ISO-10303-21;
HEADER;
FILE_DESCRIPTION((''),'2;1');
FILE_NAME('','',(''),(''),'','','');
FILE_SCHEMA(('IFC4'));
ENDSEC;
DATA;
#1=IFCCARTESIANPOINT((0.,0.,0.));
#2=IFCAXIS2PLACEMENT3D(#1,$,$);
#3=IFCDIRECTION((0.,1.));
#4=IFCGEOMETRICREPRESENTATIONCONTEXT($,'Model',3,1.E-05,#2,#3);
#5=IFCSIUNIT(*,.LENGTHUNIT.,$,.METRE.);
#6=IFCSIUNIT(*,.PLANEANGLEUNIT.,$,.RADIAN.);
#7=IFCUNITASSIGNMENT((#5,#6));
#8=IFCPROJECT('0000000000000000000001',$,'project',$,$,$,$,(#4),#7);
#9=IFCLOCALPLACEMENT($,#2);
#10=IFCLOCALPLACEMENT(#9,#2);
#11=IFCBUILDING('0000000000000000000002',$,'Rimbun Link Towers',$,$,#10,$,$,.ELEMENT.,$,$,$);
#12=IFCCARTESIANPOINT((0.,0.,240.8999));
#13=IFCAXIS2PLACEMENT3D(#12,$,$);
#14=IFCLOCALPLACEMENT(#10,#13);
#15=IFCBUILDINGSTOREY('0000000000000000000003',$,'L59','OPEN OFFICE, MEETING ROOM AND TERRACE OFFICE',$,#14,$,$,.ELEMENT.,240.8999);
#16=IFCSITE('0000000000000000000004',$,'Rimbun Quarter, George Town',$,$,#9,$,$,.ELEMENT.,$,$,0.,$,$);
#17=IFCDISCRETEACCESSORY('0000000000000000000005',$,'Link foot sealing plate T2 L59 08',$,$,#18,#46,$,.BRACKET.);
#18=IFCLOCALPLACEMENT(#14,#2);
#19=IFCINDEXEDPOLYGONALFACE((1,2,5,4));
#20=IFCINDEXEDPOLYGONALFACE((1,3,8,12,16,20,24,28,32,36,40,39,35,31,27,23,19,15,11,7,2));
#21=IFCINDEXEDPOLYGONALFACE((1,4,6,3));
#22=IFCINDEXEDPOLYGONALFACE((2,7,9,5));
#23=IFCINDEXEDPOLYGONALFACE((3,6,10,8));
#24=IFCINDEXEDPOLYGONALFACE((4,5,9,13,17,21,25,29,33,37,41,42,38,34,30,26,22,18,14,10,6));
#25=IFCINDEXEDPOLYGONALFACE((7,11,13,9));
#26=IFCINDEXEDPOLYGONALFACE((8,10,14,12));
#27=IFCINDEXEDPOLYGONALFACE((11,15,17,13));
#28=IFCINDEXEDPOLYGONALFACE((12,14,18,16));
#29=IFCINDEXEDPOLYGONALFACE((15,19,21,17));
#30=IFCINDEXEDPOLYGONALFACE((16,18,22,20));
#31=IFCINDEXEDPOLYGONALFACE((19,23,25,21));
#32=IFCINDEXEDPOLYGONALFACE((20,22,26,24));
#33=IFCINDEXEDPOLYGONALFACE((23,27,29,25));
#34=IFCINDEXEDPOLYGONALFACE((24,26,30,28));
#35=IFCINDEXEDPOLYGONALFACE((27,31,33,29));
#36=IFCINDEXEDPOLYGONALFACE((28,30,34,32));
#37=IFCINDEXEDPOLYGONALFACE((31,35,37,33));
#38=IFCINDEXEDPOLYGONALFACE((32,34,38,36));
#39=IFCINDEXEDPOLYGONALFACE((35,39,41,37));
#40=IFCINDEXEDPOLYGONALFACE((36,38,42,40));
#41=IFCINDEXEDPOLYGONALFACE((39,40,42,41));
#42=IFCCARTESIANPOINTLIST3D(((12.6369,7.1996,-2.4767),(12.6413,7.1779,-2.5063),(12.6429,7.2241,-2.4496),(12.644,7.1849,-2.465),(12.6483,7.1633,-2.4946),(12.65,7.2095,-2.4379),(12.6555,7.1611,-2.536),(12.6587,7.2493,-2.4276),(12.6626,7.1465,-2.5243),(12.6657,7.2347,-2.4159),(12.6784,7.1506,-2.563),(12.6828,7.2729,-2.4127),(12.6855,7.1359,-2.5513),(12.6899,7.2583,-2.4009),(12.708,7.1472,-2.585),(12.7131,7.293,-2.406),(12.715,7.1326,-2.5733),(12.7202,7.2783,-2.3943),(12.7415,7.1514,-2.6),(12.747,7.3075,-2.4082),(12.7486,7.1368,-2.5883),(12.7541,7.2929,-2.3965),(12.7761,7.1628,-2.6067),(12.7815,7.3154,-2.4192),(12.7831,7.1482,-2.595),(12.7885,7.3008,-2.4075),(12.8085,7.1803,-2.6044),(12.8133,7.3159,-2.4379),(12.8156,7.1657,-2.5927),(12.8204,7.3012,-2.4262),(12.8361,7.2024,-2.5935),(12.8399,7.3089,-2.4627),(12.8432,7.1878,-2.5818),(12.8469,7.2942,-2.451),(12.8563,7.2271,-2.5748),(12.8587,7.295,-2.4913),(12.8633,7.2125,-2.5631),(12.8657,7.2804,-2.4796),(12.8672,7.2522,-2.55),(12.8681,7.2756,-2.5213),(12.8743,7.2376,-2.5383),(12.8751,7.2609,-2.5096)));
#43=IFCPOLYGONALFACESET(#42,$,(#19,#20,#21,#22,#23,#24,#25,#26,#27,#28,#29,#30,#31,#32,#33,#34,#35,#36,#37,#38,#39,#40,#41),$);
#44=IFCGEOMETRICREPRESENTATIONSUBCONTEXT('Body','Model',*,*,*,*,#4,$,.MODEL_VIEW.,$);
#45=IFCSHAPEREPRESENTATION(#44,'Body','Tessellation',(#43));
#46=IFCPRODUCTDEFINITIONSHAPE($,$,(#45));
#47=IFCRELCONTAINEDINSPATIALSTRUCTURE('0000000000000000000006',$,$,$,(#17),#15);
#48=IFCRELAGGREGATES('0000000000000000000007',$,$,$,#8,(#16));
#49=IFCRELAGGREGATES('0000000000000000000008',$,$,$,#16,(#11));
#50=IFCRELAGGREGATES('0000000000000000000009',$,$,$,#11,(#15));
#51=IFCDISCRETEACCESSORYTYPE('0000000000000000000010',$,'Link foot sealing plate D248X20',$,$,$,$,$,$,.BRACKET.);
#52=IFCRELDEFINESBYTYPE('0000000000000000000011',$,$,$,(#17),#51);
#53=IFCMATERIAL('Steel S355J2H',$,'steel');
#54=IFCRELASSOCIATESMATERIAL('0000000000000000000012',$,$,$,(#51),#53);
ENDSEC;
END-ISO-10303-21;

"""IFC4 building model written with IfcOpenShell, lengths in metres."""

from ifc_helpers import new_model, si_unit, direction, frame, origin, origin_2d, place, context, subcontext, project, spatial, circle, extrude, material, material_profile, profile_set, type_object, element, save


model = new_model("IFC4")

# Units and contexts
model_context = context("Model", 3, precision=1e-05, world=origin(), true_north=direction((0.0, 1.0)))
body_context = subcontext(model_context, "Body", "Model", "MODEL_VIEW")
ifc_project = project(units=[si_unit("LENGTHUNIT", "METRE"), si_unit("PLANEANGLEUNIT", "RADIAN")], contexts=[model_context])

# Site, building, storey
site_placement = place(None, origin())
site = spatial("IfcSite", under=ifc_project, at=site_placement, Name="Rimbun Quarter, George Town", CompositionType="ELEMENT", RefElevation=0.0)
building_placement = place(site_placement, origin())
building = spatial("IfcBuilding", under=site, at=building_placement, Name="Rimbun Link Towers", CompositionType="ELEMENT")
storey_placement = place(building_placement, frame((0.0, 0.0, 240.8999)))
storey = spatial("IfcBuildingStorey", under=building, at=storey_placement, Name="L59", Description="OPEN OFFICE, MEETING ROOM AND TERRACE OFFICE", CompositionType="ELEMENT", Elevation=240.8999)

# Discrete accessory
ifc_material_1 = material(Name="Steel S355J2H", Category="steel")
ifc_material_profile_1 = material_profile(ifc_material_1, circle(Radius=0.124, at=origin_2d()), Name="PL D248")
ifc_profile_set_1 = profile_set([ifc_material_profile_1], Name="Steel S355J2H")
discrete_accessory_type = type_object("IfcDiscreteAccessoryType", Name="Link foot sealing plate D248X20", PredefinedType="BRACKET", material=ifc_profile_set_1)
discrete_accessory_placement = place(storey_placement, frame((12.76, 7.2173, -2.4946), z_axis=(-0.353108, 0.730567, -0.584454), x_axis=(-0.900349, -0.435169, 0.0)))
element("IfcDiscreteAccessory", 1, at=discrete_accessory_placement, inside=storey, type_object=discrete_accessory_type, Name="Link foot sealing plate T2 L59 08", PredefinedType="BRACKET", context=body_context, shape_type="SweptSolid", body=[
    extrude(circle(Radius=0.124, at=origin_2d()), origin(), (0.0, 0.0, 1.0), 0.02),
])

save(model, "model.ifc")
